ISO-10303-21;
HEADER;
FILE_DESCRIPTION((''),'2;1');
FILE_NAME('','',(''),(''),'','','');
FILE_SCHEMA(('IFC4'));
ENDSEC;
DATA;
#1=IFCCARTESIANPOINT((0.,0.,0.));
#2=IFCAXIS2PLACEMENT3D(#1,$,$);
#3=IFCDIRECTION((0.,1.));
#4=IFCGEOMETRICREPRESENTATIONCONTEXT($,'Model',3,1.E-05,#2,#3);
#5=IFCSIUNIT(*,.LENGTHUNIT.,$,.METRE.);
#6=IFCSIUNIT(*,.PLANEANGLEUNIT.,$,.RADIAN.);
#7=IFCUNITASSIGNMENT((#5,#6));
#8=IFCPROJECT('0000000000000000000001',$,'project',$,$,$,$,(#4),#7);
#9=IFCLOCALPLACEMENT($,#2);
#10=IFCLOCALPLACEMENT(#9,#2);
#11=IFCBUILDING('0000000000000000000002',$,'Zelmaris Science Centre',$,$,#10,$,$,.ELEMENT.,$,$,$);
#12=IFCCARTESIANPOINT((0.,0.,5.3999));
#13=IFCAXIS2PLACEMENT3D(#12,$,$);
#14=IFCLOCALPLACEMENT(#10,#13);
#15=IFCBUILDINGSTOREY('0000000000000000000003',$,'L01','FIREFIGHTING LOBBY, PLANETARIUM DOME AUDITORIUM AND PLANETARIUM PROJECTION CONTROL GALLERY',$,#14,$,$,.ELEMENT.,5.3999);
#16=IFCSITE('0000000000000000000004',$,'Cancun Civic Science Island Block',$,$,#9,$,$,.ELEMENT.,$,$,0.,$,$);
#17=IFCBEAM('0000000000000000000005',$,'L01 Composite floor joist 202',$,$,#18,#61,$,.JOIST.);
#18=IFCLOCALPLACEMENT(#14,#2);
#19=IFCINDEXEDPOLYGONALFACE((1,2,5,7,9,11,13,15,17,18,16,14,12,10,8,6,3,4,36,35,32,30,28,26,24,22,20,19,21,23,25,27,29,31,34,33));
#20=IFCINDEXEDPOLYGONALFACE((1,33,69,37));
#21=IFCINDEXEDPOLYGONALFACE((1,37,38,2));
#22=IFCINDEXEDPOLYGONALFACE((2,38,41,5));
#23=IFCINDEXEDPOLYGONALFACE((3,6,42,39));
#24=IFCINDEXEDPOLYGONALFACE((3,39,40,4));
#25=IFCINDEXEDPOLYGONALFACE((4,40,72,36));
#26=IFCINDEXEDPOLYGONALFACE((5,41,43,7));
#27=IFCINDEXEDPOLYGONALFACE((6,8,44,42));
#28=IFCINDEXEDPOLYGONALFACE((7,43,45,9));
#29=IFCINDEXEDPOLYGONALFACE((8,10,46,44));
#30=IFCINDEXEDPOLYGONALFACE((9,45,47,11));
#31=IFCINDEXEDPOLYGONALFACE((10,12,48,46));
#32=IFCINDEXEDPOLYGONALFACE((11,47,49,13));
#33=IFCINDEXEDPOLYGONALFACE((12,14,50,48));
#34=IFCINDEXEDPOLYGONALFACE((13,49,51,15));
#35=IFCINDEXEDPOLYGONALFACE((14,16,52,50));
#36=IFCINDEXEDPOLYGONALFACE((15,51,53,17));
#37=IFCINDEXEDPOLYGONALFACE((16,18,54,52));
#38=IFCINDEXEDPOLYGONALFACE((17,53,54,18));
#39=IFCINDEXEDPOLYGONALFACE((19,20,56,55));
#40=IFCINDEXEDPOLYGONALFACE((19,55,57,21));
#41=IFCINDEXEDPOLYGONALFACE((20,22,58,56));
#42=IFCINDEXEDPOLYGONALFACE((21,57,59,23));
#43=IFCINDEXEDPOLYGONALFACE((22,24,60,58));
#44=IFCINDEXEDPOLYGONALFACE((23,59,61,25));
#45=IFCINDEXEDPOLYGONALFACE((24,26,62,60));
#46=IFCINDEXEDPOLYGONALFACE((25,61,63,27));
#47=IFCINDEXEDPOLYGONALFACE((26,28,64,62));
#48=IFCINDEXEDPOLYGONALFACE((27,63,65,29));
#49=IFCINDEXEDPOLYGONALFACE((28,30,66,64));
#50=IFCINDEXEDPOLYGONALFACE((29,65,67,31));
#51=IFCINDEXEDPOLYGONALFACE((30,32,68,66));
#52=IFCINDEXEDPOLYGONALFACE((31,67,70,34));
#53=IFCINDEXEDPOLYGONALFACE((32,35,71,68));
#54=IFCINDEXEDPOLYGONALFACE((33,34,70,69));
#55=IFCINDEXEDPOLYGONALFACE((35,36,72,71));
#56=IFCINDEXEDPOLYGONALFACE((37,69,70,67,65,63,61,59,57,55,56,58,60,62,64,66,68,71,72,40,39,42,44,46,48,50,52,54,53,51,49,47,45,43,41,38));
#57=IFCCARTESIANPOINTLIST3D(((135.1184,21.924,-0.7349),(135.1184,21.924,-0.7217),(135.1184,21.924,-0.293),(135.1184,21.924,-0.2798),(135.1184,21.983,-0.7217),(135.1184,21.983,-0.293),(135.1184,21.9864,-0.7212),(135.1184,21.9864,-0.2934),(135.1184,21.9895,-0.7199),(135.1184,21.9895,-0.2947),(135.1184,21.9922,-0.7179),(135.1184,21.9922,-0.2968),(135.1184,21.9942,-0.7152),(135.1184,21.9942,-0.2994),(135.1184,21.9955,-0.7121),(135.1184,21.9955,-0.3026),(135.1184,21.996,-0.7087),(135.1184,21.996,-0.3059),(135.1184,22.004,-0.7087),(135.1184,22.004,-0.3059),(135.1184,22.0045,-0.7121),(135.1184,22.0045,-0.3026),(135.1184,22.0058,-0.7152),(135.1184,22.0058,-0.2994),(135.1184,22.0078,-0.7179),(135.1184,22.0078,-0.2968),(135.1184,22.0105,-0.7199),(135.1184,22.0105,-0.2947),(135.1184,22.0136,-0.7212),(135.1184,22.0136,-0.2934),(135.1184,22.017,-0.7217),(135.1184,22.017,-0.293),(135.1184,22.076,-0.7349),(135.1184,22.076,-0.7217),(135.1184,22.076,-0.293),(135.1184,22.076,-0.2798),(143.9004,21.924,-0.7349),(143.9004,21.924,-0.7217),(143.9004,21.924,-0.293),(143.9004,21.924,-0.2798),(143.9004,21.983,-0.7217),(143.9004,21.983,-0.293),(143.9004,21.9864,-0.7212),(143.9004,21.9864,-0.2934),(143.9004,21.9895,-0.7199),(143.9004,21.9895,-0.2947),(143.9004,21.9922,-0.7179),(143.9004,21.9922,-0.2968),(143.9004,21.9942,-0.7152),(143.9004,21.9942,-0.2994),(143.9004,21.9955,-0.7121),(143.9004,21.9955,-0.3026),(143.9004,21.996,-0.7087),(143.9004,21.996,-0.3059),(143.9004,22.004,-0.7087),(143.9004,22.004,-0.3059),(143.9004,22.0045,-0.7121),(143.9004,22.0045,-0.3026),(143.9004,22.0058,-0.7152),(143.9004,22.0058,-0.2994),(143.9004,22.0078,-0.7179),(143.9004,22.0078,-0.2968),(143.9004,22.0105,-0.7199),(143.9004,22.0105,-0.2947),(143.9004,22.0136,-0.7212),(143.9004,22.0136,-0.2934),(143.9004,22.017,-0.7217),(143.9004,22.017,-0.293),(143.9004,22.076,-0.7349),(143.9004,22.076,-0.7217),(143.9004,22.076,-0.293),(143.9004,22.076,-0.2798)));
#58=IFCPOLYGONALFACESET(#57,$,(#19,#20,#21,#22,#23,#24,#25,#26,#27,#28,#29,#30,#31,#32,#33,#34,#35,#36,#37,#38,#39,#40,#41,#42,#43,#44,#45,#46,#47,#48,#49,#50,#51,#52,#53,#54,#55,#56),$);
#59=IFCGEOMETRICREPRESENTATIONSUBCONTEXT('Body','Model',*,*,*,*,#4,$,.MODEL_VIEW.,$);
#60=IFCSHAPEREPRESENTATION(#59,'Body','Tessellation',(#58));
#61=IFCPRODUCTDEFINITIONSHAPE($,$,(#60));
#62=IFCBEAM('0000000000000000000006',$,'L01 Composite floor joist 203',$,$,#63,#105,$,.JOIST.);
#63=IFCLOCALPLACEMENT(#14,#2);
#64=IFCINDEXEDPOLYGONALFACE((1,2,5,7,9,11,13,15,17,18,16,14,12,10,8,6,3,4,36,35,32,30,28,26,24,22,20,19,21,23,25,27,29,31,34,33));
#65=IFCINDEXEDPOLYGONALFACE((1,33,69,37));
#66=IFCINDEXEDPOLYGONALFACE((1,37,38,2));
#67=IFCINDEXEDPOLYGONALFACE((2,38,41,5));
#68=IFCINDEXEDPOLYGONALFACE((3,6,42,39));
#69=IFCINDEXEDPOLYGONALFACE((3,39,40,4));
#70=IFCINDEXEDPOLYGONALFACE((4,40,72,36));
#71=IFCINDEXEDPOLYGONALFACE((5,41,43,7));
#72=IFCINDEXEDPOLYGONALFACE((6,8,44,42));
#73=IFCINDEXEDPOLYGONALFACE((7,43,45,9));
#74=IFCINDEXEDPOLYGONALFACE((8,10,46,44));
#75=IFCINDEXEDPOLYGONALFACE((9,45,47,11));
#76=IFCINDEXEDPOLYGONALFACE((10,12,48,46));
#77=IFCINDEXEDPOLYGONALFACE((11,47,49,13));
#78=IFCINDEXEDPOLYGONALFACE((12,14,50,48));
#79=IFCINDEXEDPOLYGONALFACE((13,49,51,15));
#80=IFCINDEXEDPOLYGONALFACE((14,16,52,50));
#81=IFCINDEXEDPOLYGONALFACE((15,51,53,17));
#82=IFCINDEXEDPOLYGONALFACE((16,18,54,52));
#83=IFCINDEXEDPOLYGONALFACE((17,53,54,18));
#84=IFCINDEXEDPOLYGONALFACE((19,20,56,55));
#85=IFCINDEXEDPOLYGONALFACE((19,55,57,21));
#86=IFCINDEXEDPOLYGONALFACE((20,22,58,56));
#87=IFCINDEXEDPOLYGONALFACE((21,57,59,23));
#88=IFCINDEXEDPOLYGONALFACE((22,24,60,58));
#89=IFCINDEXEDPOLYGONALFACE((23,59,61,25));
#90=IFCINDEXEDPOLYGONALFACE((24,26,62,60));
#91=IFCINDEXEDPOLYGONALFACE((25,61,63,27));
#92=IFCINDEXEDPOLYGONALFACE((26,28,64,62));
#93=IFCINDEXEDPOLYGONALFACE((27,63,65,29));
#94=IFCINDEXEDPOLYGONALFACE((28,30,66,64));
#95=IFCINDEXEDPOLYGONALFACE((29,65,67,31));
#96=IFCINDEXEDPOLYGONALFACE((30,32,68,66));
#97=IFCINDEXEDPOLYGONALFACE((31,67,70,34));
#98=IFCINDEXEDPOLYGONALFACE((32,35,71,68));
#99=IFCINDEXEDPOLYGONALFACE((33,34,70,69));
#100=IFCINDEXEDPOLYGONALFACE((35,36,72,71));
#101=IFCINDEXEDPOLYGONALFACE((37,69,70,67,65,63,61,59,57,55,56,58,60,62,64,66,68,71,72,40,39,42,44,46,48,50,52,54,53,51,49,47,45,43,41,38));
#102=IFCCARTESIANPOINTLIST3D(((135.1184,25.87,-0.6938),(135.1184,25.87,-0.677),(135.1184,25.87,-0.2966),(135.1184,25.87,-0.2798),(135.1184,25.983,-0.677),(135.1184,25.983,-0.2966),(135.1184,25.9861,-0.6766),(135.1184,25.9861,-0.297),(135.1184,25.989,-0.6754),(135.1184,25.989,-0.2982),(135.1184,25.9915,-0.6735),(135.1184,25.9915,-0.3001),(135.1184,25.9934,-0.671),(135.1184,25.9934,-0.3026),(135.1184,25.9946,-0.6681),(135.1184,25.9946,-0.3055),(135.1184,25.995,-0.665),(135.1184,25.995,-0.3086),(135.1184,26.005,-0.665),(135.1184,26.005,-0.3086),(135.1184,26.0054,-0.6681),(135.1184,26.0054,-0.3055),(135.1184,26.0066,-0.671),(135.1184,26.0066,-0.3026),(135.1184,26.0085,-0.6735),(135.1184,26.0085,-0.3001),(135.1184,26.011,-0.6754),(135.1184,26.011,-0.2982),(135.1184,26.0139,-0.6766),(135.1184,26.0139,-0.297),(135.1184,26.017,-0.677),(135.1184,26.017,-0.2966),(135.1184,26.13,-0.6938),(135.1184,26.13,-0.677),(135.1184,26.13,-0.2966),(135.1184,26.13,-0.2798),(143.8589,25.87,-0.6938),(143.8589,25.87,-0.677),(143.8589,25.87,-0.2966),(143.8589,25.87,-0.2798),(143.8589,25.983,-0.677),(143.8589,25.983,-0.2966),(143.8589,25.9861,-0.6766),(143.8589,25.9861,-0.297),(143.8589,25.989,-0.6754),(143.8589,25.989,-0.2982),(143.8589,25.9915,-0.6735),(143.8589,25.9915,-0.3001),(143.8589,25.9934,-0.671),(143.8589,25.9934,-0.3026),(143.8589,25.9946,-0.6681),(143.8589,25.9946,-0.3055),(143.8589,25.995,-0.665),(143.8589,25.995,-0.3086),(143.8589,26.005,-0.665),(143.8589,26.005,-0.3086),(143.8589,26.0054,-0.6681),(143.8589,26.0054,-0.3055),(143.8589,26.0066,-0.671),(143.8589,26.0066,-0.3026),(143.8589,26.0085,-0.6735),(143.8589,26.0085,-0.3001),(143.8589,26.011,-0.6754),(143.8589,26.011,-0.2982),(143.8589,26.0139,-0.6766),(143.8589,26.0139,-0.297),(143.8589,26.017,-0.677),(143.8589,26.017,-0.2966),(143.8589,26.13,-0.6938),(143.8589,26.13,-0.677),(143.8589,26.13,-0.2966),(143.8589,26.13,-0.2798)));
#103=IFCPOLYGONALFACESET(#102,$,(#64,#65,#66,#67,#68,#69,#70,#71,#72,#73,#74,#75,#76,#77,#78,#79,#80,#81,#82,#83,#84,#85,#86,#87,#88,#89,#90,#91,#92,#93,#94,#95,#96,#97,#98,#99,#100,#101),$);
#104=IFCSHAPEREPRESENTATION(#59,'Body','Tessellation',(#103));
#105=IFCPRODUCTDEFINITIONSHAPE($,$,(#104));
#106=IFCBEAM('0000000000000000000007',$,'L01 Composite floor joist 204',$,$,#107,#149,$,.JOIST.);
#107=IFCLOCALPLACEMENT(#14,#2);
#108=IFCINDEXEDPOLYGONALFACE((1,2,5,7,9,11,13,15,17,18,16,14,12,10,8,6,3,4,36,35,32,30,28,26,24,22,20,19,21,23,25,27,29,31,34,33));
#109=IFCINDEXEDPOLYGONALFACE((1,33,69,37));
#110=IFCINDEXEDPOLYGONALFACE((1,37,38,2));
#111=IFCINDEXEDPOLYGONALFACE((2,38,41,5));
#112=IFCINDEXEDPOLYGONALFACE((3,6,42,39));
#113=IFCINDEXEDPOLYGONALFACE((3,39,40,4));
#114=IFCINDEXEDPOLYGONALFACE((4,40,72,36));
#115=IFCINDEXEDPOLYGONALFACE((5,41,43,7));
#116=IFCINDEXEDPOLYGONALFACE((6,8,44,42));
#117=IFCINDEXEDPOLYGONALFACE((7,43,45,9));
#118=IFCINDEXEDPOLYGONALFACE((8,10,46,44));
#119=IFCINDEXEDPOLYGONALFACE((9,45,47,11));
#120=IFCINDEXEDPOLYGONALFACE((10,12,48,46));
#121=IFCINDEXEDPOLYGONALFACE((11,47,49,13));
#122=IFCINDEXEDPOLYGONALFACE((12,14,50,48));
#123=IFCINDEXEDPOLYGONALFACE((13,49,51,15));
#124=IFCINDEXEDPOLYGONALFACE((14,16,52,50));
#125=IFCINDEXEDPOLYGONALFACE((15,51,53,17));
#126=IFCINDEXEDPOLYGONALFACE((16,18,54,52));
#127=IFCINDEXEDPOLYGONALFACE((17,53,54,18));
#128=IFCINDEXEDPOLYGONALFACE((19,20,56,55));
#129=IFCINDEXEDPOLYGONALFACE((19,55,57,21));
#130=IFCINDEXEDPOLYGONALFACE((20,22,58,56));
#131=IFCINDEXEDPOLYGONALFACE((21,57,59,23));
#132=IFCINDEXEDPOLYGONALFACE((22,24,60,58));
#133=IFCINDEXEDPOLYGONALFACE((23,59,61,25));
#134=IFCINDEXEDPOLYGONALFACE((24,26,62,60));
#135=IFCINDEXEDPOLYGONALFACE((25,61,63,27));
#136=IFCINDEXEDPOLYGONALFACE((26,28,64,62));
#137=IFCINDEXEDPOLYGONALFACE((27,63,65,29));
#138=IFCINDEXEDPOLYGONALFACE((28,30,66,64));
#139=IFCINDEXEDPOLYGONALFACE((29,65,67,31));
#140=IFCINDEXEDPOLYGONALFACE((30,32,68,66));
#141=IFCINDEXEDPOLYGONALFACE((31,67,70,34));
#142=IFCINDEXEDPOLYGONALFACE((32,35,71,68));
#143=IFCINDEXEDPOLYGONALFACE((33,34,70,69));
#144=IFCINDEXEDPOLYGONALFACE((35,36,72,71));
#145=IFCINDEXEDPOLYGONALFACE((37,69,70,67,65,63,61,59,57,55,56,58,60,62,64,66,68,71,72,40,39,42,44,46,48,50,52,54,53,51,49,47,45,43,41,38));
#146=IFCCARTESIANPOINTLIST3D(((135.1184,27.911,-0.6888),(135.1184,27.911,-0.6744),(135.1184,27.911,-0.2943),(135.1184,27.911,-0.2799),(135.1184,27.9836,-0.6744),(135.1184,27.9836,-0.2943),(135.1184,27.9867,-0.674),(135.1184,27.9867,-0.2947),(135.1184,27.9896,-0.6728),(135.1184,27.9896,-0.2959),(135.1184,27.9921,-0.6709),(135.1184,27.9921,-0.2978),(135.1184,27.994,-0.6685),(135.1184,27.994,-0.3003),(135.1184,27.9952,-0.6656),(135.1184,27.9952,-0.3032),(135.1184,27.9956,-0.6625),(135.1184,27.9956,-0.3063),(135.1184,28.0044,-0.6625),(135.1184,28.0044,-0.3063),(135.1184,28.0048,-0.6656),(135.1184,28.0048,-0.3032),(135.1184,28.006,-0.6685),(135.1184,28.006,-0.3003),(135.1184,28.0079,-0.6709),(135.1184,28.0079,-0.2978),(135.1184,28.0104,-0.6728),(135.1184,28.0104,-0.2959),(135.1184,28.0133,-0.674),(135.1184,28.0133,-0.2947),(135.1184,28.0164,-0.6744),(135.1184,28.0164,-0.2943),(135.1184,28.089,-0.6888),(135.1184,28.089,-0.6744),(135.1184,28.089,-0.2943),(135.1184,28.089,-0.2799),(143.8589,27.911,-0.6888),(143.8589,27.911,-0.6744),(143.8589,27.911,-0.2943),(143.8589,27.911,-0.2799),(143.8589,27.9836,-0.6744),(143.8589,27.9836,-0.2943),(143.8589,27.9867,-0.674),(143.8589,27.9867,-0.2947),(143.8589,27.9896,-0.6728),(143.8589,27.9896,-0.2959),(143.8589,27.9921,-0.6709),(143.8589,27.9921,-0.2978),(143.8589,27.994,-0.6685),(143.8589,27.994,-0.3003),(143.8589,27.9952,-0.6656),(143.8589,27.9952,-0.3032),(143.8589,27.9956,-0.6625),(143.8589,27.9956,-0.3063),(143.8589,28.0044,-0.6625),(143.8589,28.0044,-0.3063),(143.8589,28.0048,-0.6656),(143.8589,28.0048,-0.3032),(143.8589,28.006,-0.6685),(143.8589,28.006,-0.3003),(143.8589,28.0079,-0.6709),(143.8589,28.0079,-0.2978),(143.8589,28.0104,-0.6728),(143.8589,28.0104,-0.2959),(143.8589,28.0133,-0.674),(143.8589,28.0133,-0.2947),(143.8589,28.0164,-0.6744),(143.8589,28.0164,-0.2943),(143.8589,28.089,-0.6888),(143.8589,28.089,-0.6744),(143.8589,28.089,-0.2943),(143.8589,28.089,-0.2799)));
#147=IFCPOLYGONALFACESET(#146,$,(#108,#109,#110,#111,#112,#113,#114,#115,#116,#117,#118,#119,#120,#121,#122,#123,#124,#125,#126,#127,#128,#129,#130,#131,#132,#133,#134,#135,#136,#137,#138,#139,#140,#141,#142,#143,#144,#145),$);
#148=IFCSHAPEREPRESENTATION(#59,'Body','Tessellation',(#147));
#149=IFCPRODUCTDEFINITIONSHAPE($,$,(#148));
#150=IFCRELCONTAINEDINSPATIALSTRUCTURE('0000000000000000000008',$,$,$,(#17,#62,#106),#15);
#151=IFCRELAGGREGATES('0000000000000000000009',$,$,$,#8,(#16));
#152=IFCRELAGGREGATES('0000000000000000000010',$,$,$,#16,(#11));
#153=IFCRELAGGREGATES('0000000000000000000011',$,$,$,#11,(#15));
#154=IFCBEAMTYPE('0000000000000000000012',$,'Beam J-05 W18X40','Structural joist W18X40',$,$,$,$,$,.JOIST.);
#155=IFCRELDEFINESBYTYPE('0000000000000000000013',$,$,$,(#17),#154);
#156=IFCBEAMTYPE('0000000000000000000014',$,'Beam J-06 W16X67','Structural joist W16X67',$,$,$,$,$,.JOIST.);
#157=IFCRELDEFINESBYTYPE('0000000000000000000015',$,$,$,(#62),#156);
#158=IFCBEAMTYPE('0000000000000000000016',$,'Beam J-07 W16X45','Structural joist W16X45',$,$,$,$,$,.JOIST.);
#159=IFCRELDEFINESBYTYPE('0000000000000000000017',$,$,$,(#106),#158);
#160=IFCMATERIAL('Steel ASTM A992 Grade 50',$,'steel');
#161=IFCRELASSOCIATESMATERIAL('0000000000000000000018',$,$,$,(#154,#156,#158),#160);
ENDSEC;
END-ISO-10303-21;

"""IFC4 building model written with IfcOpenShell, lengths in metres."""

from ifc_helpers import new_model, si_unit, direction, frame, origin, origin_2d, place, context, subcontext, project, spatial, i_section, extrude, material, material_profile, profile_set, type_object, element, save


model = new_model("IFC4")

# Units and contexts
model_context = context("Model", 3, precision=1e-05, world=origin(), true_north=direction((0.0, 1.0)))
body_context = subcontext(model_context, "Body", "Model", "MODEL_VIEW")
ifc_project = project(units=[si_unit("LENGTHUNIT", "METRE"), si_unit("PLANEANGLEUNIT", "RADIAN")], contexts=[model_context])

# Site, building, storey
site_placement = place(None, origin())
site = spatial("IfcSite", under=ifc_project, at=site_placement, Name="Cancun Civic Science Island Block", CompositionType="ELEMENT", RefElevation=0.0)
building_placement = place(site_placement, origin())
building = spatial("IfcBuilding", under=site, at=building_placement, Name="Zelmaris Science Centre", CompositionType="ELEMENT")
storey_placement = place(building_placement, frame((0.0, 0.0, 5.3999)))
storey = spatial("IfcBuildingStorey", under=building, at=storey_placement, Name="L01", Description="FIREFIGHTING LOBBY, PLANETARIUM DOME AUDITORIUM AND PLANETARIUM PROJECTION CONTROL GALLERY", CompositionType="ELEMENT", Elevation=5.3999)

# Shared definitions
ifc_material_1 = material(Name="Steel ASTM A992 Grade 50", Category="steel")

# Beams
ifc_material_profile_1 = material_profile(ifc_material_1, i_section(OverallWidth=0.1521, OverallDepth=0.4551, WebThickness=0.0081, FlangeThickness=0.0132, FilletRadius=0.0129, at=origin_2d()), Name="W18X40")
ifc_profile_set_1 = profile_set([ifc_material_profile_1], Name="Steel ASTM A992 Grade 50")
beam_type_1 = type_object("IfcBeamType", Name="Beam J-05 W18X40", Description="Structural joist W18X40", PredefinedType="JOIST", material=ifc_profile_set_1)
beam_1_placement = place(storey_placement, frame((135.1184, 22.0, -0.5073), z_axis=(1.0, 0.0, 0.0), x_axis=(0.0, 1.0, 0.0)))
element("IfcBeam", 1, at=beam_1_placement, inside=storey, type_object=beam_type_1, Name="L01 Composite floor joist 202", PredefinedType="JOIST", context=body_context, shape_type="SweptSolid", body=[
    extrude(i_section(OverallWidth=0.1521, OverallDepth=0.4551, WebThickness=0.0081, FlangeThickness=0.0132, FilletRadius=0.0129, at=origin_2d()), origin(), (0.0, 0.0, 1.0), 8.782),
])
ifc_material_profile_2 = material_profile(ifc_material_1, i_section(OverallWidth=0.26, OverallDepth=0.4141, WebThickness=0.01, FlangeThickness=0.0168, FilletRadius=0.012, at=origin_2d()), Name="W16X67")
ifc_profile_set_2 = profile_set([ifc_material_profile_2], Name="Steel ASTM A992 Grade 50")
beam_type_2 = type_object("IfcBeamType", Name="Beam J-06 W16X67", Description="Structural joist W16X67", PredefinedType="JOIST", material=ifc_profile_set_2)
beam_2_placement = place(storey_placement, frame((135.1184, 26.0, -0.4868), z_axis=(1.0, 0.0, 0.0), x_axis=(0.0, 1.0, 0.0)))
element("IfcBeam", 2, at=beam_2_placement, inside=storey, type_object=beam_type_2, Name="L01 Composite floor joist 203", PredefinedType="JOIST", context=body_context, shape_type="SweptSolid", body=[
    extrude(i_section(OverallWidth=0.26, OverallDepth=0.4141, WebThickness=0.01, FlangeThickness=0.0168, FilletRadius=0.012, at=origin_2d()), origin(), (0.0, 0.0, 1.0), 8.7405),
])
ifc_material_profile_3 = material_profile(ifc_material_1, i_section(OverallWidth=0.178, OverallDepth=0.4089, WebThickness=0.0088, FlangeThickness=0.0144, FilletRadius=0.012, at=origin_2d()), Name="W16X45")
ifc_profile_set_3 = profile_set([ifc_material_profile_3], Name="Steel ASTM A992 Grade 50")
beam_type_3 = type_object("IfcBeamType", Name="Beam J-07 W16X45", Description="Structural joist W16X45", PredefinedType="JOIST", material=ifc_profile_set_3)
beam_3_placement = place(storey_placement, frame((135.1184, 28.0, -0.4844), z_axis=(1.0, 0.0, 0.0), x_axis=(0.0, 1.0, 0.0)))
element("IfcBeam", 3, at=beam_3_placement, inside=storey, type_object=beam_type_3, Name="L01 Composite floor joist 204", PredefinedType="JOIST", context=body_context, shape_type="SweptSolid", body=[
    extrude(i_section(OverallWidth=0.178, OverallDepth=0.4089, WebThickness=0.0088, FlangeThickness=0.0144, FilletRadius=0.012, at=origin_2d()), origin(), (0.0, 0.0, 1.0), 8.7405),
])

save(model, "model.ifc")
